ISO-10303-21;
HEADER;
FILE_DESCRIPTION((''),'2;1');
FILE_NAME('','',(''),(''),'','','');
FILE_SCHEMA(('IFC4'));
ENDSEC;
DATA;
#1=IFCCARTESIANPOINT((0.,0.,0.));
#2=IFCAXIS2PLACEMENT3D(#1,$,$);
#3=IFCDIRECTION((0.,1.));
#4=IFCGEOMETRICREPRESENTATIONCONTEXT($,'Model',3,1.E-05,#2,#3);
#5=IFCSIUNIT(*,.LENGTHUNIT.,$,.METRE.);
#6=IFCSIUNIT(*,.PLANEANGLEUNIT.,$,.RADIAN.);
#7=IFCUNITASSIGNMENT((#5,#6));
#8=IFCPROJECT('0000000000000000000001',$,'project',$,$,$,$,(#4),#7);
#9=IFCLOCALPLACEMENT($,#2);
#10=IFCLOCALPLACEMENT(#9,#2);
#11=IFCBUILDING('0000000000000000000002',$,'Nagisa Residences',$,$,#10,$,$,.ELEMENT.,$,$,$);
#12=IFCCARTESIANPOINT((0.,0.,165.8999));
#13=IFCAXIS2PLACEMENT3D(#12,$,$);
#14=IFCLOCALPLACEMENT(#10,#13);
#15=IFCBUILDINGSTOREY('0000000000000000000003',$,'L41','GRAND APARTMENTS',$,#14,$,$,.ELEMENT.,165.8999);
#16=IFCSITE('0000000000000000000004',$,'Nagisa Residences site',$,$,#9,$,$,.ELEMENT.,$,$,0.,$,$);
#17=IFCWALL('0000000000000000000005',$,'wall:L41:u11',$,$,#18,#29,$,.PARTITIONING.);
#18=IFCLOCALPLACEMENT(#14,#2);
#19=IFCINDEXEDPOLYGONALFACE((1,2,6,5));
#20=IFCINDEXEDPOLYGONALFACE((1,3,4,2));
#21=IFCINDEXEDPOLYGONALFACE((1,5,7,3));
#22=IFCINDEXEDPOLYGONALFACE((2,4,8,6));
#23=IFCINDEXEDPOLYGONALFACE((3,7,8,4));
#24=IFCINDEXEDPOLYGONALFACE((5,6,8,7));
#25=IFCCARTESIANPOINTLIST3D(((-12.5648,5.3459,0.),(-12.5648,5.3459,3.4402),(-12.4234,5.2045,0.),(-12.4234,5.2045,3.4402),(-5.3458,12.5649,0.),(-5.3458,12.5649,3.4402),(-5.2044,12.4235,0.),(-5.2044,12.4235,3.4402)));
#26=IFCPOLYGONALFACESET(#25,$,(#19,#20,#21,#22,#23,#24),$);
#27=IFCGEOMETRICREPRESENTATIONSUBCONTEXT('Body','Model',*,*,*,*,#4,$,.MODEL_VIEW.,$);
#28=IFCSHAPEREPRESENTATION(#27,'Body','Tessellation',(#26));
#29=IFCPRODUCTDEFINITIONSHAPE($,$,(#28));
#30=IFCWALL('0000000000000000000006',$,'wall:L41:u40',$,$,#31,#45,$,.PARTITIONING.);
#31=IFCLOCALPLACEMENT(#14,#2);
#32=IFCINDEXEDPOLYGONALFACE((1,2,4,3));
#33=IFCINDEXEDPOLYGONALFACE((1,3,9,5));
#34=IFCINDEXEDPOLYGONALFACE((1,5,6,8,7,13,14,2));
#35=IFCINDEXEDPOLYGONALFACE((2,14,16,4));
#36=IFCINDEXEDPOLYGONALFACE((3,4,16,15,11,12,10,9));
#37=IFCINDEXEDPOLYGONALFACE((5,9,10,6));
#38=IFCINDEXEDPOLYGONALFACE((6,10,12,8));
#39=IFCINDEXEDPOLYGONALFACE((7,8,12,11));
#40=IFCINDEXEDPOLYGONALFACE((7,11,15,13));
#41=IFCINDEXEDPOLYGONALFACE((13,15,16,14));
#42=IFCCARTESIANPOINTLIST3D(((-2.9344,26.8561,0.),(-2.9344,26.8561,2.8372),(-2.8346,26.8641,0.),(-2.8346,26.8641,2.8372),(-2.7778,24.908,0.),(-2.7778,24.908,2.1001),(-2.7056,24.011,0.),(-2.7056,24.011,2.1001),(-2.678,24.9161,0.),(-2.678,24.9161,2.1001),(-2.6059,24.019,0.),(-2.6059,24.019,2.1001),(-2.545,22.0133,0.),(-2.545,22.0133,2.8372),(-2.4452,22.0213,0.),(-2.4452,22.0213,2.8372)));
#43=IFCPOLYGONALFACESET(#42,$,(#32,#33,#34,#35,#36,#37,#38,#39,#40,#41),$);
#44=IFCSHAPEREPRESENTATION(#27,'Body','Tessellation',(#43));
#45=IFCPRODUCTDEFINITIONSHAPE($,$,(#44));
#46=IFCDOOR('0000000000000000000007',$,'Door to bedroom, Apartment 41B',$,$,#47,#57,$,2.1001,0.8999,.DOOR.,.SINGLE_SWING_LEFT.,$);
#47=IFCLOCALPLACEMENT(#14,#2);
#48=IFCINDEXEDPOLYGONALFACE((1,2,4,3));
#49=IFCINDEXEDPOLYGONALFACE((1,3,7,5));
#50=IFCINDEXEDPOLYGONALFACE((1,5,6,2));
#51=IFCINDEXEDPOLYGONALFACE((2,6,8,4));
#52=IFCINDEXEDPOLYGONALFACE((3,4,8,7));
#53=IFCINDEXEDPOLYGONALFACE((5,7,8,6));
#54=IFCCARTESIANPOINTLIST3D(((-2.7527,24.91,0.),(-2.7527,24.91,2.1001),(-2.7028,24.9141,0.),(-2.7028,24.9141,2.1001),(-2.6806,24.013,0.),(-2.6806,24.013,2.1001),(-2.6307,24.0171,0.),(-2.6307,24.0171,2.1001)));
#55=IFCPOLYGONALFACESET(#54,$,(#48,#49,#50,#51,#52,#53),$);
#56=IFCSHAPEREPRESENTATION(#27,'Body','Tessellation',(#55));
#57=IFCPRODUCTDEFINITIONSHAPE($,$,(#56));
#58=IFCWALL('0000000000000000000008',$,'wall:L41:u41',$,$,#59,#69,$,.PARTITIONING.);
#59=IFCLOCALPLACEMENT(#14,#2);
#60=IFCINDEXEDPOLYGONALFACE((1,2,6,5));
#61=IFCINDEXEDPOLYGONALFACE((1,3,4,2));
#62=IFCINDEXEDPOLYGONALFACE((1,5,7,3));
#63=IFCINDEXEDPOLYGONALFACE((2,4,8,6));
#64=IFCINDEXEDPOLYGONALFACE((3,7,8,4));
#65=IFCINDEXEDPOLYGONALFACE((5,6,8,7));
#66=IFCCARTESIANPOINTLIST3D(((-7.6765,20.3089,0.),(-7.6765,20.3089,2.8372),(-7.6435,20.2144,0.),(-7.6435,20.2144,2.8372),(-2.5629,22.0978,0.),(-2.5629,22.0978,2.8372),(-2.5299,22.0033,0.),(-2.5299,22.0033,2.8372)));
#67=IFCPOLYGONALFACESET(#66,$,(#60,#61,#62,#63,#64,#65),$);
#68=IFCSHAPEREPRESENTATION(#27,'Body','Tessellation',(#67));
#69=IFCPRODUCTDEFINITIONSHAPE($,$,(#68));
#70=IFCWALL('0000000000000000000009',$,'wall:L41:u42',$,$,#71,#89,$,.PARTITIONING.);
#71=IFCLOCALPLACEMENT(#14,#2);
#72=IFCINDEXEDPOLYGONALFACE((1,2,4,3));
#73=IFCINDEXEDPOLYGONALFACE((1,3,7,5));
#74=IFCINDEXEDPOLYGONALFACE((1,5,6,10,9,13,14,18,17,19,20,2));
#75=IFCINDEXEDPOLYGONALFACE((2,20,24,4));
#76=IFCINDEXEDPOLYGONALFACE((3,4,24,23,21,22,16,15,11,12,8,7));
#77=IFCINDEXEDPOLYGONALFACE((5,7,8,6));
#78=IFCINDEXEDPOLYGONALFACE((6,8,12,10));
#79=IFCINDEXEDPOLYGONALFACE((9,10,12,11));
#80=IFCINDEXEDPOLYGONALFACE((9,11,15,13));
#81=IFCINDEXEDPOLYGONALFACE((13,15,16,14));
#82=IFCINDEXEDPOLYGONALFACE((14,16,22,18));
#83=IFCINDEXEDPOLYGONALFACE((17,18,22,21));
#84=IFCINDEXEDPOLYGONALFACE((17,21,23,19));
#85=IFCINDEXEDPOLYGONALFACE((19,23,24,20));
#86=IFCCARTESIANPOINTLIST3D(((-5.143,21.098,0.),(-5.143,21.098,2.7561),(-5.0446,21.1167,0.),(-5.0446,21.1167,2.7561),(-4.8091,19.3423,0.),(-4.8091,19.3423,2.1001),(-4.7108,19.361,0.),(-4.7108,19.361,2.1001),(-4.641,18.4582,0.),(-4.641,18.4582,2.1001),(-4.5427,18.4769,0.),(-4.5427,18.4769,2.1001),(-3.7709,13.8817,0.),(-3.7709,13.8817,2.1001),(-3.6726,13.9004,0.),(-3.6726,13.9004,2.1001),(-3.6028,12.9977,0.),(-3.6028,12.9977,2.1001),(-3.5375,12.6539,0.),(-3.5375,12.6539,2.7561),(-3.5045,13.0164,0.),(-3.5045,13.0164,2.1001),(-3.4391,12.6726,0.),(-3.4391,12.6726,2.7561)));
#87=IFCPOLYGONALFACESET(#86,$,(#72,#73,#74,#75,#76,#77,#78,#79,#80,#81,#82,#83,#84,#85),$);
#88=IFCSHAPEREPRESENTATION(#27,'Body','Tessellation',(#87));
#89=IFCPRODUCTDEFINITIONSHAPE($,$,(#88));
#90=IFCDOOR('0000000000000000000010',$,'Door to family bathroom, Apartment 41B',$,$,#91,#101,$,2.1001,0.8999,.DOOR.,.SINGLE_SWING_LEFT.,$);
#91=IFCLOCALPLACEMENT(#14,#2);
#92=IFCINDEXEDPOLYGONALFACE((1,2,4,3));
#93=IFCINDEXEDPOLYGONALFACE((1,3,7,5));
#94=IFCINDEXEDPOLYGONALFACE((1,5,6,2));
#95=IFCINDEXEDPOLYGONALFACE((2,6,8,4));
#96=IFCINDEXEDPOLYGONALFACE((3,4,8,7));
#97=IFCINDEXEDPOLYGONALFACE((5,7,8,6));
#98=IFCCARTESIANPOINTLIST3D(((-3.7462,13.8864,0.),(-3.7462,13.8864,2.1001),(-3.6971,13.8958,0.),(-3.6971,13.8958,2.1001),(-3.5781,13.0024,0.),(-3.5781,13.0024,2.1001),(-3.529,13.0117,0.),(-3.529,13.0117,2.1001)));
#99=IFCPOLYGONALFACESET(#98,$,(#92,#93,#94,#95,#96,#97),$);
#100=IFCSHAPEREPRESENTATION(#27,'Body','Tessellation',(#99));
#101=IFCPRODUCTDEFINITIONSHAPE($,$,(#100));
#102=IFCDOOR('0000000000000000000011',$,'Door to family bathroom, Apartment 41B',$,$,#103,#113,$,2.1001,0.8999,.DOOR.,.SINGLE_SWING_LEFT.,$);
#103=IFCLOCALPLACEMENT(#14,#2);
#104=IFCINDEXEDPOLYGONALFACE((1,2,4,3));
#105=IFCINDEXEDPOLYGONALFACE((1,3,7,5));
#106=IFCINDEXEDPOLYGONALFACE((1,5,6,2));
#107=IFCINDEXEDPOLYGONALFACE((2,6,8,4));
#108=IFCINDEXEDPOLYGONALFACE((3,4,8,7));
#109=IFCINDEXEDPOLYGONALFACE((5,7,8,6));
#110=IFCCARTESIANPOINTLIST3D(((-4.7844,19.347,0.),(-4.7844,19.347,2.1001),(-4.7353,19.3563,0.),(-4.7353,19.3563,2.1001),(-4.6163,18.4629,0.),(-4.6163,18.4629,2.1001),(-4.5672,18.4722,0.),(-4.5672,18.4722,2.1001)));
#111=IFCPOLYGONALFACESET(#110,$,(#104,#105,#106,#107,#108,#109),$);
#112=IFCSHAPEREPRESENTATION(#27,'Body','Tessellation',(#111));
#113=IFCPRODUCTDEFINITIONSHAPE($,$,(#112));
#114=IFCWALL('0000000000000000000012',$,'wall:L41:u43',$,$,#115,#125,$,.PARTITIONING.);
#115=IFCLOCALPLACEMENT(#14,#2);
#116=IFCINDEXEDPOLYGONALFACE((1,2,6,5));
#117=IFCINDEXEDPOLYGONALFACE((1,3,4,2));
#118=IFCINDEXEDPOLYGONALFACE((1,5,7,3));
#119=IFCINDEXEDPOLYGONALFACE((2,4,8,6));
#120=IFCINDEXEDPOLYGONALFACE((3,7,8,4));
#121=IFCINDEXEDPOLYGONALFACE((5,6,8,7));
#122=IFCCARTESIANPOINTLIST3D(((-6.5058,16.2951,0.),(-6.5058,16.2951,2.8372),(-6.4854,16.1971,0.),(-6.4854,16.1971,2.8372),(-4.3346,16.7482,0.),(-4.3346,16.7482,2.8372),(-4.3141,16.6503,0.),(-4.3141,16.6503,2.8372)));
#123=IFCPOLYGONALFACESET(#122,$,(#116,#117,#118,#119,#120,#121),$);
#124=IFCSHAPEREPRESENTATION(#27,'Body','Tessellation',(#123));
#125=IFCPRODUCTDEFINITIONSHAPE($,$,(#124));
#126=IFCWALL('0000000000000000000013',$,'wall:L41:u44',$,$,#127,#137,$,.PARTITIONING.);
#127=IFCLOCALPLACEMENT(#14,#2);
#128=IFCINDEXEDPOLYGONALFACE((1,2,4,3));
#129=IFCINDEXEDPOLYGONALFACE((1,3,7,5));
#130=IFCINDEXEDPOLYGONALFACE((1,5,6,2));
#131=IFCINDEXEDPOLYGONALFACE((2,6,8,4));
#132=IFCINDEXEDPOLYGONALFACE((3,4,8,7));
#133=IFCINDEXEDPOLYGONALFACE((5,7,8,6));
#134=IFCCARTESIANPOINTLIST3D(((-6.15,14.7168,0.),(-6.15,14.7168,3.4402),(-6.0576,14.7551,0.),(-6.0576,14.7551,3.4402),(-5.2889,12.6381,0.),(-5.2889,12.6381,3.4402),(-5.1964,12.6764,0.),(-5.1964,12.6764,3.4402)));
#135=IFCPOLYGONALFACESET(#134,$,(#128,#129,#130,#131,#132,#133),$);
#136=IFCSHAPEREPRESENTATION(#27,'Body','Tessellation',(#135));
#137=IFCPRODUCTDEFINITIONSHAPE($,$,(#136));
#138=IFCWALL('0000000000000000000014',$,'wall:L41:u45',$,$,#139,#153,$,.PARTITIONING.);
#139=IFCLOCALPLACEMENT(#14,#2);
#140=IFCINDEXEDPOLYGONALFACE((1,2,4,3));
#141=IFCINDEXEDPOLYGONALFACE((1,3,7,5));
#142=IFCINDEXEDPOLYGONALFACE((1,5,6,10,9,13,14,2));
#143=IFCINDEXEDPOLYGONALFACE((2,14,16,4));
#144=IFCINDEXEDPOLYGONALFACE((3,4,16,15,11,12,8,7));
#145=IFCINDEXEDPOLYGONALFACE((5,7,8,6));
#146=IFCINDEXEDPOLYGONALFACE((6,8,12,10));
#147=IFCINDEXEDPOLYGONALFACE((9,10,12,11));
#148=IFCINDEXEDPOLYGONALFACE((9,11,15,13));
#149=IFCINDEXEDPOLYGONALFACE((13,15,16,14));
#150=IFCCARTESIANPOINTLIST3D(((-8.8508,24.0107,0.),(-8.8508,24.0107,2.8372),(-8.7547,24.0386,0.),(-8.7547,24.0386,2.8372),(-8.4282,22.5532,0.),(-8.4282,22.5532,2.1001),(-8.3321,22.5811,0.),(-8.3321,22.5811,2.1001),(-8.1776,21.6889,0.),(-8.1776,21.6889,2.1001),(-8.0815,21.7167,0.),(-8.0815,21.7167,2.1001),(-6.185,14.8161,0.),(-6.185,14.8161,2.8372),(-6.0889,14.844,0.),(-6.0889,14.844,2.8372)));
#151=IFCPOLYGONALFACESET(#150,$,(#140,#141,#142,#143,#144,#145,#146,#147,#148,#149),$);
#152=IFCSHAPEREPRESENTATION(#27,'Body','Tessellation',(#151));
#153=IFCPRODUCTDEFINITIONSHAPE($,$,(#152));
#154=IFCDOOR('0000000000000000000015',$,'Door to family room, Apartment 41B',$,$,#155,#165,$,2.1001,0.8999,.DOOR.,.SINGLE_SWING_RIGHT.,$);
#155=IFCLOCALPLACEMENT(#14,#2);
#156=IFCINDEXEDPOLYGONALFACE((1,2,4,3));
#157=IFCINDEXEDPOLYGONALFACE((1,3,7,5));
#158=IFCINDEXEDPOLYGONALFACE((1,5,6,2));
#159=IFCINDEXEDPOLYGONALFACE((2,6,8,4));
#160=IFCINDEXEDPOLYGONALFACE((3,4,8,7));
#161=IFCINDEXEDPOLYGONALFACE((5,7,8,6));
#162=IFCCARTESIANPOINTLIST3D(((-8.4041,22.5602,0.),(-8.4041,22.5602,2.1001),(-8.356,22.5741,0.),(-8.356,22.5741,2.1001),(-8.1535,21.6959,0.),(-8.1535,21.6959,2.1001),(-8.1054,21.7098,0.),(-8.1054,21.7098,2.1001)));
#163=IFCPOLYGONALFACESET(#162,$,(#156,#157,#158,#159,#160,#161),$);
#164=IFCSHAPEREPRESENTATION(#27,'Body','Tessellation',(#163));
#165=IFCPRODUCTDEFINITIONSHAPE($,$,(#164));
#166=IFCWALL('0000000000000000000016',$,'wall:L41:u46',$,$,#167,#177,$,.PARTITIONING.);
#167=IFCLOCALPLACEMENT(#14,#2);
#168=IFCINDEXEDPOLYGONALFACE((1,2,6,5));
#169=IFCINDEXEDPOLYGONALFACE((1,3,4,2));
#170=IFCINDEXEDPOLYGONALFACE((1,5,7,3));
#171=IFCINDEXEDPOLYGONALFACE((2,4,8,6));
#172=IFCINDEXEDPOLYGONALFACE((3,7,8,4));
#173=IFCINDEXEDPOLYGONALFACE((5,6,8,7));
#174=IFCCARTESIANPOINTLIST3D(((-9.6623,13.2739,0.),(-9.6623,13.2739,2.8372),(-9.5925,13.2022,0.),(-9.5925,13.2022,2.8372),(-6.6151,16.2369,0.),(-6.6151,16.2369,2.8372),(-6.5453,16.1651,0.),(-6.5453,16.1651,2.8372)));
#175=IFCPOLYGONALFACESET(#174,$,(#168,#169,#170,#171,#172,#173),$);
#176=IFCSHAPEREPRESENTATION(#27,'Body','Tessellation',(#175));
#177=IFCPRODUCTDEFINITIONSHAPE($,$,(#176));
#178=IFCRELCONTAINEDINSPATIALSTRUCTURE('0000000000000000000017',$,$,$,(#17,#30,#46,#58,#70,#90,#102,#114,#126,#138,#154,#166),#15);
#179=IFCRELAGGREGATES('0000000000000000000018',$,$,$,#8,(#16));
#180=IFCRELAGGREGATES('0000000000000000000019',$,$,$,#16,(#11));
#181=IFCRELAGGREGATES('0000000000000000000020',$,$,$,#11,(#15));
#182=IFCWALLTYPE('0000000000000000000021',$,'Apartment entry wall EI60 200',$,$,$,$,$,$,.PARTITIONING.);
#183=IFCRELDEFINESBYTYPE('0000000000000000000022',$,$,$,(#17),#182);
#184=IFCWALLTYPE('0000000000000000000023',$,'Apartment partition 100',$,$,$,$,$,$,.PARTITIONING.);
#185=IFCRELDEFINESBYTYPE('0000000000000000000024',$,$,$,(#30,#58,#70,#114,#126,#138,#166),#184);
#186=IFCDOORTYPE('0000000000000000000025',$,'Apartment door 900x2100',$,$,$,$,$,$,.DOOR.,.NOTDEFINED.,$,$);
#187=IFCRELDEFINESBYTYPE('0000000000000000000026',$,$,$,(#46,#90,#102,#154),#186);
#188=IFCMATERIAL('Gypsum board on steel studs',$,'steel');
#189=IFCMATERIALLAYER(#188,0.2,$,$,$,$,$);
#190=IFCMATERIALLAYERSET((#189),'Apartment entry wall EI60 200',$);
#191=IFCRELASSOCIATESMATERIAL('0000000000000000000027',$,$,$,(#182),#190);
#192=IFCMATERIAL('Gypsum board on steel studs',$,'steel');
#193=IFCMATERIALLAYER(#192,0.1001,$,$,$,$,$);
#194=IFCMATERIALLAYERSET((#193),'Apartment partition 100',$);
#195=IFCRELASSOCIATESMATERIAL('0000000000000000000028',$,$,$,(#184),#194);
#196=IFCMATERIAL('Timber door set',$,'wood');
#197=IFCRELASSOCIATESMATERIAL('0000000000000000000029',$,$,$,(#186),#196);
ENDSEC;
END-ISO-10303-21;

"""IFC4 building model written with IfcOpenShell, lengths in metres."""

from ifc_helpers import new_model, si_unit, direction, frame, frame_2d, origin, place, context, subcontext, project, spatial, rectangle, extrude, material, layer, layer_set, type_object, element, fill, save


model = new_model("IFC4")

# Units and contexts
model_context = context("Model", 3, precision=1e-05, world=origin(), true_north=direction((0.0, 1.0)))
body_context = subcontext(model_context, "Body", "Model", "MODEL_VIEW")
ifc_project = project(units=[si_unit("LENGTHUNIT", "METRE"), si_unit("PLANEANGLEUNIT", "RADIAN")], contexts=[model_context])

# Site, building, storey
site_placement = place(None, origin())
site = spatial("IfcSite", under=ifc_project, at=site_placement, Name="Nagisa Residences site", CompositionType="ELEMENT", RefElevation=0.0)
building_placement = place(site_placement, origin())
building = spatial("IfcBuilding", under=site, at=building_placement, Name="Nagisa Residences", CompositionType="ELEMENT")
storey_placement = place(building_placement, frame((0.0, 0.0, 165.8999)))
storey = spatial("IfcBuildingStorey", under=building, at=storey_placement, Name="L41", Description="GRAND APARTMENTS", CompositionType="ELEMENT", Elevation=165.8999)

# Wall
ifc_material_1 = material(Name="Gypsum board on steel studs", Category="steel")
ifc_layer_1 = layer(ifc_material_1, 0.2)
ifc_layer_set_1 = layer_set([ifc_layer_1], Name="Apartment entry wall EI60 200")
wall_type_1 = type_object("IfcWallType", Name="Apartment entry wall EI60 200", PredefinedType="PARTITIONING", material=ifc_layer_set_1)
wall_1_placement = place(storey_placement, frame((-5.2751, 12.4941, 0.0), z_axis=(0.0, 0.0, 1.0), x_axis=(-0.707107, -0.707107, 0.0)))
element("IfcWall", 1, at=wall_1_placement, inside=storey, type_object=wall_type_1, Name="wall:L41:u11", PredefinedType="PARTITIONING", context=body_context, shape_type="SweptSolid", body=[
    extrude(rectangle(XDim=10.2092, YDim=0.2, at=frame_2d((5.1045, 0.0))), origin(), (0.0, 0.0, 1.0), 3.4402),
])

# Wall, opening, door
ifc_material_2 = material(Name="Gypsum board on steel studs", Category="steel")
ifc_layer_2 = layer(ifc_material_2, 0.1001)
ifc_layer_set_2 = layer_set([ifc_layer_2], Name="Apartment partition 100")
wall_type_2 = type_object("IfcWallType", Name="Apartment partition 100", PredefinedType="PARTITIONING", material=ifc_layer_set_2)
wall_2_placement = place(storey_placement, frame((-2.4951, 22.0173, 0.0), z_axis=(0.0, 0.0, 1.0), x_axis=(-0.080151, 0.996783, 0.0)))
wall_2 = element("IfcWall", 2, at=wall_2_placement, inside=storey, type_object=wall_type_2, Name="wall:L41:u40", PredefinedType="PARTITIONING", context=body_context, shape_type="SweptSolid", body=[
    extrude(rectangle(XDim=4.8584, YDim=0.1001, at=frame_2d((2.4292, 0.0))), origin(), (0.0, 0.0, 1.0), 2.8372),
])
opening_1_placement = place(wall_2_placement, frame((2.0042, 0.0, 0.0)))
opening_1 = element("IfcOpeningElement", 3, at=opening_1_placement, cuts=wall_2, PredefinedType="OPENING", context=body_context, shape_type="SweptSolid", body=[
    extrude(rectangle(XDim=0.8999, YDim=2.1001, at=frame_2d((0.45, 1.05))), frame((0.0, 0.0601, 0.0), z_axis=(0.0, -1.0, 0.0), x_axis=(1.0, 0.0, 0.0)), (0.0, 0.0, 1.0), 0.1201),
])
ifc_material_3 = material(Name="Timber door set", Category="wood")
door_type_1 = type_object("IfcDoorType", Name="Apartment door 900x2100", OperationType="NOTDEFINED", PredefinedType="DOOR", material=ifc_material_3)
door_1_placement = place(opening_1_placement, origin())
door_1 = element("IfcDoor", 4, at=door_1_placement, inside=storey, type_object=door_type_1, Name="Door to bedroom, Apartment 41B", OperationType="SINGLE_SWING_LEFT", OverallHeight=2.1001, OverallWidth=0.8999, PredefinedType="DOOR", context=body_context, shape_type="SweptSolid", body=[
    extrude(rectangle(XDim=0.8999, YDim=2.1001, at=frame_2d((0.45, 1.05))), frame((0.0, 0.0249, 0.0), z_axis=(0.0, -1.0, 0.0), x_axis=(1.0, 0.0, 0.0)), (0.0, 0.0, 1.0), 0.05),
])
fill(opening_1, door_1)

# Wall
wall_3_placement = place(storey_placement, frame((-2.5464, 22.0505, 0.0), z_axis=(0.0, 0.0, 1.0), x_axis=(-0.943911, -0.3302, 0.0)))
element("IfcWall", 5, at=wall_3_placement, inside=storey, type_object=wall_type_2, Name="wall:L41:u41", PredefinedType="PARTITIONING", context=body_context, shape_type="SweptSolid", body=[
    extrude(rectangle(XDim=5.4175, YDim=0.1001, at=frame_2d((2.7087, 0.0))), origin(), (0.0, 0.0, 1.0), 2.8372),
])

# Wall, openings, doors
wall_4_placement = place(storey_placement, frame((-3.4883, 12.6631, 0.0), z_axis=(0.0, 0.0, 1.0), x_axis=(-0.186783, 0.982401, 0.0)))
wall_4 = element("IfcWall", 6, at=wall_4_placement, inside=storey, type_object=wall_type_2, Name="wall:L41:u42", PredefinedType="PARTITIONING", context=body_context, shape_type="SweptSolid", body=[
    extrude(rectangle(XDim=8.5955, YDim=0.1001, at=frame_2d((4.2979, 0.0))), origin(), (0.0, 0.0, 1.0), 2.7561),
])
opening_2_placement = place(wall_4_placement, frame((0.3501, 0.0, 0.0)))
opening_2 = element("IfcOpeningElement", 7, at=opening_2_placement, cuts=wall_4, PredefinedType="OPENING", context=body_context, shape_type="SweptSolid", body=[
    extrude(rectangle(XDim=0.8999, YDim=2.1001, at=frame_2d((0.45, 1.05))), frame((0.0, 0.0601, 0.0), z_axis=(0.0, -1.0, 0.0), x_axis=(1.0, 0.0, 0.0)), (0.0, 0.0, 1.0), 0.1201),
])
opening_3_placement = place(wall_4_placement, frame((5.9084, 0.0, 0.0)))
opening_3 = element("IfcOpeningElement", 8, at=opening_3_placement, cuts=wall_4, PredefinedType="OPENING", context=body_context, shape_type="SweptSolid", body=[
    extrude(rectangle(XDim=0.8999, YDim=2.1001, at=frame_2d((0.45, 1.05))), frame((0.0, 0.0601, 0.0), z_axis=(0.0, -1.0, 0.0), x_axis=(1.0, 0.0, 0.0)), (0.0, 0.0, 1.0), 0.1201),
])
door_2_placement = place(opening_2_placement, origin())
door_2 = element("IfcDoor", 9, at=door_2_placement, inside=storey, type_object=door_type_1, Name="Door to family bathroom, Apartment 41B", OperationType="SINGLE_SWING_LEFT", OverallHeight=2.1001, OverallWidth=0.8999, PredefinedType="DOOR", context=body_context, shape_type="SweptSolid", body=[
    extrude(rectangle(XDim=0.8999, YDim=2.1001, at=frame_2d((0.45, 1.05))), frame((0.0, 0.0249, 0.0), z_axis=(0.0, -1.0, 0.0), x_axis=(1.0, 0.0, 0.0)), (0.0, 0.0, 1.0), 0.05),
])
fill(opening_2, door_2)
door_3_placement = place(opening_3_placement, origin())
door_3 = element("IfcDoor", 10, at=door_3_placement, inside=storey, type_object=door_type_1, Name="Door to family bathroom, Apartment 41B", OperationType="SINGLE_SWING_LEFT", OverallHeight=2.1001, OverallWidth=0.8999, PredefinedType="DOOR", context=body_context, shape_type="SweptSolid", body=[
    extrude(rectangle(XDim=0.8999, YDim=2.1001, at=frame_2d((0.45, 1.05))), frame((0.0, 0.0249, 0.0), z_axis=(0.0, -1.0, 0.0), x_axis=(1.0, 0.0, 0.0)), (0.0, 0.0, 1.0), 0.05),
])
fill(opening_3, door_3)

# Walls
wall_5_placement = place(storey_placement, frame((-4.3245, 16.6992, 0.0), z_axis=(0.0, 0.0, 1.0), x_axis=(-0.978908, -0.204302, 0.0)))
element("IfcWall", 11, at=wall_5_placement, inside=storey, type_object=wall_type_2, Name="wall:L41:u43", PredefinedType="PARTITIONING", context=body_context, shape_type="SweptSolid", body=[
    extrude(rectangle(XDim=2.218, YDim=0.1001, at=frame_2d((1.1089, 0.0))), origin(), (0.0, 0.0, 1.0), 2.8372),
])
wall_6_placement = place(storey_placement, frame((-5.2427, 12.6572, 0.0), z_axis=(0.0, 0.0, 1.0), x_axis=(-0.382719, 0.923865, 0.0)))
element("IfcWall", 12, at=wall_6_placement, inside=storey, type_object=wall_type_2, Name="wall:L41:u44", PredefinedType="PARTITIONING", context=body_context, shape_type="SweptSolid", body=[
    extrude(rectangle(XDim=2.25, YDim=0.1001, at=frame_2d((1.125, 0.0))), origin(), (0.0, 0.0, 1.0), 3.4402),
])

# Wall, opening, door
wall_7_placement = place(storey_placement, frame((-6.137, 14.8301, 0.0), z_axis=(0.0, 0.0, 1.0), x_axis=(-0.278461, 0.960447, 0.0)))
wall_7 = element("IfcWall", 13, at=wall_7_placement, inside=storey, type_object=wall_type_2, Name="wall:L41:u45", PredefinedType="PARTITIONING", context=body_context, shape_type="SweptSolid", body=[
    extrude(rectangle(XDim=9.5732, YDim=0.1001, at=frame_2d((4.7866, 0.0))), origin(), (0.0, 0.0, 1.0), 2.8372),
])
opening_4_placement = place(wall_7_placement, frame((7.1558, 0.0, 0.0)))
opening_4 = element("IfcOpeningElement", 14, at=opening_4_placement, cuts=wall_7, PredefinedType="OPENING", context=body_context, shape_type="SweptSolid", body=[
    extrude(rectangle(XDim=0.8999, YDim=2.1001, at=frame_2d((0.45, 1.05))), frame((0.0, 0.0601, 0.0), z_axis=(0.0, -1.0, 0.0), x_axis=(1.0, 0.0, 0.0)), (0.0, 0.0, 1.0), 0.1201),
])
door_4_placement = place(opening_4_placement, origin())
door_4 = element("IfcDoor", 15, at=door_4_placement, inside=storey, type_object=door_type_1, Name="Door to family room, Apartment 41B", OperationType="SINGLE_SWING_RIGHT", OverallHeight=2.1001, OverallWidth=0.8999, PredefinedType="DOOR", context=body_context, shape_type="SweptSolid", body=[
    extrude(rectangle(XDim=0.8999, YDim=2.1001, at=frame_2d((0.45, 1.05))), frame((0.0, 0.0249, 0.0), z_axis=(0.0, -1.0, 0.0), x_axis=(1.0, 0.0, 0.0)), (0.0, 0.0, 1.0), 0.05),
])
fill(opening_4, door_4)

# Wall
wall_8_placement = place(storey_placement, frame((-6.5803, 16.2009, 0.0), z_axis=(0.0, 0.0, 1.0), x_axis=(-0.716946, -0.697128, 0.0)))
element("IfcWall", 16, at=wall_8_placement, inside=storey, type_object=wall_type_2, Name="wall:L41:u46", PredefinedType="PARTITIONING", context=body_context, shape_type="SweptSolid", body=[
    extrude(rectangle(XDim=4.2502, YDim=0.1001, at=frame_2d((2.125, 0.0))), origin(), (0.0, 0.0, 1.0), 2.8372),
])

save(model, "model.ifc")
